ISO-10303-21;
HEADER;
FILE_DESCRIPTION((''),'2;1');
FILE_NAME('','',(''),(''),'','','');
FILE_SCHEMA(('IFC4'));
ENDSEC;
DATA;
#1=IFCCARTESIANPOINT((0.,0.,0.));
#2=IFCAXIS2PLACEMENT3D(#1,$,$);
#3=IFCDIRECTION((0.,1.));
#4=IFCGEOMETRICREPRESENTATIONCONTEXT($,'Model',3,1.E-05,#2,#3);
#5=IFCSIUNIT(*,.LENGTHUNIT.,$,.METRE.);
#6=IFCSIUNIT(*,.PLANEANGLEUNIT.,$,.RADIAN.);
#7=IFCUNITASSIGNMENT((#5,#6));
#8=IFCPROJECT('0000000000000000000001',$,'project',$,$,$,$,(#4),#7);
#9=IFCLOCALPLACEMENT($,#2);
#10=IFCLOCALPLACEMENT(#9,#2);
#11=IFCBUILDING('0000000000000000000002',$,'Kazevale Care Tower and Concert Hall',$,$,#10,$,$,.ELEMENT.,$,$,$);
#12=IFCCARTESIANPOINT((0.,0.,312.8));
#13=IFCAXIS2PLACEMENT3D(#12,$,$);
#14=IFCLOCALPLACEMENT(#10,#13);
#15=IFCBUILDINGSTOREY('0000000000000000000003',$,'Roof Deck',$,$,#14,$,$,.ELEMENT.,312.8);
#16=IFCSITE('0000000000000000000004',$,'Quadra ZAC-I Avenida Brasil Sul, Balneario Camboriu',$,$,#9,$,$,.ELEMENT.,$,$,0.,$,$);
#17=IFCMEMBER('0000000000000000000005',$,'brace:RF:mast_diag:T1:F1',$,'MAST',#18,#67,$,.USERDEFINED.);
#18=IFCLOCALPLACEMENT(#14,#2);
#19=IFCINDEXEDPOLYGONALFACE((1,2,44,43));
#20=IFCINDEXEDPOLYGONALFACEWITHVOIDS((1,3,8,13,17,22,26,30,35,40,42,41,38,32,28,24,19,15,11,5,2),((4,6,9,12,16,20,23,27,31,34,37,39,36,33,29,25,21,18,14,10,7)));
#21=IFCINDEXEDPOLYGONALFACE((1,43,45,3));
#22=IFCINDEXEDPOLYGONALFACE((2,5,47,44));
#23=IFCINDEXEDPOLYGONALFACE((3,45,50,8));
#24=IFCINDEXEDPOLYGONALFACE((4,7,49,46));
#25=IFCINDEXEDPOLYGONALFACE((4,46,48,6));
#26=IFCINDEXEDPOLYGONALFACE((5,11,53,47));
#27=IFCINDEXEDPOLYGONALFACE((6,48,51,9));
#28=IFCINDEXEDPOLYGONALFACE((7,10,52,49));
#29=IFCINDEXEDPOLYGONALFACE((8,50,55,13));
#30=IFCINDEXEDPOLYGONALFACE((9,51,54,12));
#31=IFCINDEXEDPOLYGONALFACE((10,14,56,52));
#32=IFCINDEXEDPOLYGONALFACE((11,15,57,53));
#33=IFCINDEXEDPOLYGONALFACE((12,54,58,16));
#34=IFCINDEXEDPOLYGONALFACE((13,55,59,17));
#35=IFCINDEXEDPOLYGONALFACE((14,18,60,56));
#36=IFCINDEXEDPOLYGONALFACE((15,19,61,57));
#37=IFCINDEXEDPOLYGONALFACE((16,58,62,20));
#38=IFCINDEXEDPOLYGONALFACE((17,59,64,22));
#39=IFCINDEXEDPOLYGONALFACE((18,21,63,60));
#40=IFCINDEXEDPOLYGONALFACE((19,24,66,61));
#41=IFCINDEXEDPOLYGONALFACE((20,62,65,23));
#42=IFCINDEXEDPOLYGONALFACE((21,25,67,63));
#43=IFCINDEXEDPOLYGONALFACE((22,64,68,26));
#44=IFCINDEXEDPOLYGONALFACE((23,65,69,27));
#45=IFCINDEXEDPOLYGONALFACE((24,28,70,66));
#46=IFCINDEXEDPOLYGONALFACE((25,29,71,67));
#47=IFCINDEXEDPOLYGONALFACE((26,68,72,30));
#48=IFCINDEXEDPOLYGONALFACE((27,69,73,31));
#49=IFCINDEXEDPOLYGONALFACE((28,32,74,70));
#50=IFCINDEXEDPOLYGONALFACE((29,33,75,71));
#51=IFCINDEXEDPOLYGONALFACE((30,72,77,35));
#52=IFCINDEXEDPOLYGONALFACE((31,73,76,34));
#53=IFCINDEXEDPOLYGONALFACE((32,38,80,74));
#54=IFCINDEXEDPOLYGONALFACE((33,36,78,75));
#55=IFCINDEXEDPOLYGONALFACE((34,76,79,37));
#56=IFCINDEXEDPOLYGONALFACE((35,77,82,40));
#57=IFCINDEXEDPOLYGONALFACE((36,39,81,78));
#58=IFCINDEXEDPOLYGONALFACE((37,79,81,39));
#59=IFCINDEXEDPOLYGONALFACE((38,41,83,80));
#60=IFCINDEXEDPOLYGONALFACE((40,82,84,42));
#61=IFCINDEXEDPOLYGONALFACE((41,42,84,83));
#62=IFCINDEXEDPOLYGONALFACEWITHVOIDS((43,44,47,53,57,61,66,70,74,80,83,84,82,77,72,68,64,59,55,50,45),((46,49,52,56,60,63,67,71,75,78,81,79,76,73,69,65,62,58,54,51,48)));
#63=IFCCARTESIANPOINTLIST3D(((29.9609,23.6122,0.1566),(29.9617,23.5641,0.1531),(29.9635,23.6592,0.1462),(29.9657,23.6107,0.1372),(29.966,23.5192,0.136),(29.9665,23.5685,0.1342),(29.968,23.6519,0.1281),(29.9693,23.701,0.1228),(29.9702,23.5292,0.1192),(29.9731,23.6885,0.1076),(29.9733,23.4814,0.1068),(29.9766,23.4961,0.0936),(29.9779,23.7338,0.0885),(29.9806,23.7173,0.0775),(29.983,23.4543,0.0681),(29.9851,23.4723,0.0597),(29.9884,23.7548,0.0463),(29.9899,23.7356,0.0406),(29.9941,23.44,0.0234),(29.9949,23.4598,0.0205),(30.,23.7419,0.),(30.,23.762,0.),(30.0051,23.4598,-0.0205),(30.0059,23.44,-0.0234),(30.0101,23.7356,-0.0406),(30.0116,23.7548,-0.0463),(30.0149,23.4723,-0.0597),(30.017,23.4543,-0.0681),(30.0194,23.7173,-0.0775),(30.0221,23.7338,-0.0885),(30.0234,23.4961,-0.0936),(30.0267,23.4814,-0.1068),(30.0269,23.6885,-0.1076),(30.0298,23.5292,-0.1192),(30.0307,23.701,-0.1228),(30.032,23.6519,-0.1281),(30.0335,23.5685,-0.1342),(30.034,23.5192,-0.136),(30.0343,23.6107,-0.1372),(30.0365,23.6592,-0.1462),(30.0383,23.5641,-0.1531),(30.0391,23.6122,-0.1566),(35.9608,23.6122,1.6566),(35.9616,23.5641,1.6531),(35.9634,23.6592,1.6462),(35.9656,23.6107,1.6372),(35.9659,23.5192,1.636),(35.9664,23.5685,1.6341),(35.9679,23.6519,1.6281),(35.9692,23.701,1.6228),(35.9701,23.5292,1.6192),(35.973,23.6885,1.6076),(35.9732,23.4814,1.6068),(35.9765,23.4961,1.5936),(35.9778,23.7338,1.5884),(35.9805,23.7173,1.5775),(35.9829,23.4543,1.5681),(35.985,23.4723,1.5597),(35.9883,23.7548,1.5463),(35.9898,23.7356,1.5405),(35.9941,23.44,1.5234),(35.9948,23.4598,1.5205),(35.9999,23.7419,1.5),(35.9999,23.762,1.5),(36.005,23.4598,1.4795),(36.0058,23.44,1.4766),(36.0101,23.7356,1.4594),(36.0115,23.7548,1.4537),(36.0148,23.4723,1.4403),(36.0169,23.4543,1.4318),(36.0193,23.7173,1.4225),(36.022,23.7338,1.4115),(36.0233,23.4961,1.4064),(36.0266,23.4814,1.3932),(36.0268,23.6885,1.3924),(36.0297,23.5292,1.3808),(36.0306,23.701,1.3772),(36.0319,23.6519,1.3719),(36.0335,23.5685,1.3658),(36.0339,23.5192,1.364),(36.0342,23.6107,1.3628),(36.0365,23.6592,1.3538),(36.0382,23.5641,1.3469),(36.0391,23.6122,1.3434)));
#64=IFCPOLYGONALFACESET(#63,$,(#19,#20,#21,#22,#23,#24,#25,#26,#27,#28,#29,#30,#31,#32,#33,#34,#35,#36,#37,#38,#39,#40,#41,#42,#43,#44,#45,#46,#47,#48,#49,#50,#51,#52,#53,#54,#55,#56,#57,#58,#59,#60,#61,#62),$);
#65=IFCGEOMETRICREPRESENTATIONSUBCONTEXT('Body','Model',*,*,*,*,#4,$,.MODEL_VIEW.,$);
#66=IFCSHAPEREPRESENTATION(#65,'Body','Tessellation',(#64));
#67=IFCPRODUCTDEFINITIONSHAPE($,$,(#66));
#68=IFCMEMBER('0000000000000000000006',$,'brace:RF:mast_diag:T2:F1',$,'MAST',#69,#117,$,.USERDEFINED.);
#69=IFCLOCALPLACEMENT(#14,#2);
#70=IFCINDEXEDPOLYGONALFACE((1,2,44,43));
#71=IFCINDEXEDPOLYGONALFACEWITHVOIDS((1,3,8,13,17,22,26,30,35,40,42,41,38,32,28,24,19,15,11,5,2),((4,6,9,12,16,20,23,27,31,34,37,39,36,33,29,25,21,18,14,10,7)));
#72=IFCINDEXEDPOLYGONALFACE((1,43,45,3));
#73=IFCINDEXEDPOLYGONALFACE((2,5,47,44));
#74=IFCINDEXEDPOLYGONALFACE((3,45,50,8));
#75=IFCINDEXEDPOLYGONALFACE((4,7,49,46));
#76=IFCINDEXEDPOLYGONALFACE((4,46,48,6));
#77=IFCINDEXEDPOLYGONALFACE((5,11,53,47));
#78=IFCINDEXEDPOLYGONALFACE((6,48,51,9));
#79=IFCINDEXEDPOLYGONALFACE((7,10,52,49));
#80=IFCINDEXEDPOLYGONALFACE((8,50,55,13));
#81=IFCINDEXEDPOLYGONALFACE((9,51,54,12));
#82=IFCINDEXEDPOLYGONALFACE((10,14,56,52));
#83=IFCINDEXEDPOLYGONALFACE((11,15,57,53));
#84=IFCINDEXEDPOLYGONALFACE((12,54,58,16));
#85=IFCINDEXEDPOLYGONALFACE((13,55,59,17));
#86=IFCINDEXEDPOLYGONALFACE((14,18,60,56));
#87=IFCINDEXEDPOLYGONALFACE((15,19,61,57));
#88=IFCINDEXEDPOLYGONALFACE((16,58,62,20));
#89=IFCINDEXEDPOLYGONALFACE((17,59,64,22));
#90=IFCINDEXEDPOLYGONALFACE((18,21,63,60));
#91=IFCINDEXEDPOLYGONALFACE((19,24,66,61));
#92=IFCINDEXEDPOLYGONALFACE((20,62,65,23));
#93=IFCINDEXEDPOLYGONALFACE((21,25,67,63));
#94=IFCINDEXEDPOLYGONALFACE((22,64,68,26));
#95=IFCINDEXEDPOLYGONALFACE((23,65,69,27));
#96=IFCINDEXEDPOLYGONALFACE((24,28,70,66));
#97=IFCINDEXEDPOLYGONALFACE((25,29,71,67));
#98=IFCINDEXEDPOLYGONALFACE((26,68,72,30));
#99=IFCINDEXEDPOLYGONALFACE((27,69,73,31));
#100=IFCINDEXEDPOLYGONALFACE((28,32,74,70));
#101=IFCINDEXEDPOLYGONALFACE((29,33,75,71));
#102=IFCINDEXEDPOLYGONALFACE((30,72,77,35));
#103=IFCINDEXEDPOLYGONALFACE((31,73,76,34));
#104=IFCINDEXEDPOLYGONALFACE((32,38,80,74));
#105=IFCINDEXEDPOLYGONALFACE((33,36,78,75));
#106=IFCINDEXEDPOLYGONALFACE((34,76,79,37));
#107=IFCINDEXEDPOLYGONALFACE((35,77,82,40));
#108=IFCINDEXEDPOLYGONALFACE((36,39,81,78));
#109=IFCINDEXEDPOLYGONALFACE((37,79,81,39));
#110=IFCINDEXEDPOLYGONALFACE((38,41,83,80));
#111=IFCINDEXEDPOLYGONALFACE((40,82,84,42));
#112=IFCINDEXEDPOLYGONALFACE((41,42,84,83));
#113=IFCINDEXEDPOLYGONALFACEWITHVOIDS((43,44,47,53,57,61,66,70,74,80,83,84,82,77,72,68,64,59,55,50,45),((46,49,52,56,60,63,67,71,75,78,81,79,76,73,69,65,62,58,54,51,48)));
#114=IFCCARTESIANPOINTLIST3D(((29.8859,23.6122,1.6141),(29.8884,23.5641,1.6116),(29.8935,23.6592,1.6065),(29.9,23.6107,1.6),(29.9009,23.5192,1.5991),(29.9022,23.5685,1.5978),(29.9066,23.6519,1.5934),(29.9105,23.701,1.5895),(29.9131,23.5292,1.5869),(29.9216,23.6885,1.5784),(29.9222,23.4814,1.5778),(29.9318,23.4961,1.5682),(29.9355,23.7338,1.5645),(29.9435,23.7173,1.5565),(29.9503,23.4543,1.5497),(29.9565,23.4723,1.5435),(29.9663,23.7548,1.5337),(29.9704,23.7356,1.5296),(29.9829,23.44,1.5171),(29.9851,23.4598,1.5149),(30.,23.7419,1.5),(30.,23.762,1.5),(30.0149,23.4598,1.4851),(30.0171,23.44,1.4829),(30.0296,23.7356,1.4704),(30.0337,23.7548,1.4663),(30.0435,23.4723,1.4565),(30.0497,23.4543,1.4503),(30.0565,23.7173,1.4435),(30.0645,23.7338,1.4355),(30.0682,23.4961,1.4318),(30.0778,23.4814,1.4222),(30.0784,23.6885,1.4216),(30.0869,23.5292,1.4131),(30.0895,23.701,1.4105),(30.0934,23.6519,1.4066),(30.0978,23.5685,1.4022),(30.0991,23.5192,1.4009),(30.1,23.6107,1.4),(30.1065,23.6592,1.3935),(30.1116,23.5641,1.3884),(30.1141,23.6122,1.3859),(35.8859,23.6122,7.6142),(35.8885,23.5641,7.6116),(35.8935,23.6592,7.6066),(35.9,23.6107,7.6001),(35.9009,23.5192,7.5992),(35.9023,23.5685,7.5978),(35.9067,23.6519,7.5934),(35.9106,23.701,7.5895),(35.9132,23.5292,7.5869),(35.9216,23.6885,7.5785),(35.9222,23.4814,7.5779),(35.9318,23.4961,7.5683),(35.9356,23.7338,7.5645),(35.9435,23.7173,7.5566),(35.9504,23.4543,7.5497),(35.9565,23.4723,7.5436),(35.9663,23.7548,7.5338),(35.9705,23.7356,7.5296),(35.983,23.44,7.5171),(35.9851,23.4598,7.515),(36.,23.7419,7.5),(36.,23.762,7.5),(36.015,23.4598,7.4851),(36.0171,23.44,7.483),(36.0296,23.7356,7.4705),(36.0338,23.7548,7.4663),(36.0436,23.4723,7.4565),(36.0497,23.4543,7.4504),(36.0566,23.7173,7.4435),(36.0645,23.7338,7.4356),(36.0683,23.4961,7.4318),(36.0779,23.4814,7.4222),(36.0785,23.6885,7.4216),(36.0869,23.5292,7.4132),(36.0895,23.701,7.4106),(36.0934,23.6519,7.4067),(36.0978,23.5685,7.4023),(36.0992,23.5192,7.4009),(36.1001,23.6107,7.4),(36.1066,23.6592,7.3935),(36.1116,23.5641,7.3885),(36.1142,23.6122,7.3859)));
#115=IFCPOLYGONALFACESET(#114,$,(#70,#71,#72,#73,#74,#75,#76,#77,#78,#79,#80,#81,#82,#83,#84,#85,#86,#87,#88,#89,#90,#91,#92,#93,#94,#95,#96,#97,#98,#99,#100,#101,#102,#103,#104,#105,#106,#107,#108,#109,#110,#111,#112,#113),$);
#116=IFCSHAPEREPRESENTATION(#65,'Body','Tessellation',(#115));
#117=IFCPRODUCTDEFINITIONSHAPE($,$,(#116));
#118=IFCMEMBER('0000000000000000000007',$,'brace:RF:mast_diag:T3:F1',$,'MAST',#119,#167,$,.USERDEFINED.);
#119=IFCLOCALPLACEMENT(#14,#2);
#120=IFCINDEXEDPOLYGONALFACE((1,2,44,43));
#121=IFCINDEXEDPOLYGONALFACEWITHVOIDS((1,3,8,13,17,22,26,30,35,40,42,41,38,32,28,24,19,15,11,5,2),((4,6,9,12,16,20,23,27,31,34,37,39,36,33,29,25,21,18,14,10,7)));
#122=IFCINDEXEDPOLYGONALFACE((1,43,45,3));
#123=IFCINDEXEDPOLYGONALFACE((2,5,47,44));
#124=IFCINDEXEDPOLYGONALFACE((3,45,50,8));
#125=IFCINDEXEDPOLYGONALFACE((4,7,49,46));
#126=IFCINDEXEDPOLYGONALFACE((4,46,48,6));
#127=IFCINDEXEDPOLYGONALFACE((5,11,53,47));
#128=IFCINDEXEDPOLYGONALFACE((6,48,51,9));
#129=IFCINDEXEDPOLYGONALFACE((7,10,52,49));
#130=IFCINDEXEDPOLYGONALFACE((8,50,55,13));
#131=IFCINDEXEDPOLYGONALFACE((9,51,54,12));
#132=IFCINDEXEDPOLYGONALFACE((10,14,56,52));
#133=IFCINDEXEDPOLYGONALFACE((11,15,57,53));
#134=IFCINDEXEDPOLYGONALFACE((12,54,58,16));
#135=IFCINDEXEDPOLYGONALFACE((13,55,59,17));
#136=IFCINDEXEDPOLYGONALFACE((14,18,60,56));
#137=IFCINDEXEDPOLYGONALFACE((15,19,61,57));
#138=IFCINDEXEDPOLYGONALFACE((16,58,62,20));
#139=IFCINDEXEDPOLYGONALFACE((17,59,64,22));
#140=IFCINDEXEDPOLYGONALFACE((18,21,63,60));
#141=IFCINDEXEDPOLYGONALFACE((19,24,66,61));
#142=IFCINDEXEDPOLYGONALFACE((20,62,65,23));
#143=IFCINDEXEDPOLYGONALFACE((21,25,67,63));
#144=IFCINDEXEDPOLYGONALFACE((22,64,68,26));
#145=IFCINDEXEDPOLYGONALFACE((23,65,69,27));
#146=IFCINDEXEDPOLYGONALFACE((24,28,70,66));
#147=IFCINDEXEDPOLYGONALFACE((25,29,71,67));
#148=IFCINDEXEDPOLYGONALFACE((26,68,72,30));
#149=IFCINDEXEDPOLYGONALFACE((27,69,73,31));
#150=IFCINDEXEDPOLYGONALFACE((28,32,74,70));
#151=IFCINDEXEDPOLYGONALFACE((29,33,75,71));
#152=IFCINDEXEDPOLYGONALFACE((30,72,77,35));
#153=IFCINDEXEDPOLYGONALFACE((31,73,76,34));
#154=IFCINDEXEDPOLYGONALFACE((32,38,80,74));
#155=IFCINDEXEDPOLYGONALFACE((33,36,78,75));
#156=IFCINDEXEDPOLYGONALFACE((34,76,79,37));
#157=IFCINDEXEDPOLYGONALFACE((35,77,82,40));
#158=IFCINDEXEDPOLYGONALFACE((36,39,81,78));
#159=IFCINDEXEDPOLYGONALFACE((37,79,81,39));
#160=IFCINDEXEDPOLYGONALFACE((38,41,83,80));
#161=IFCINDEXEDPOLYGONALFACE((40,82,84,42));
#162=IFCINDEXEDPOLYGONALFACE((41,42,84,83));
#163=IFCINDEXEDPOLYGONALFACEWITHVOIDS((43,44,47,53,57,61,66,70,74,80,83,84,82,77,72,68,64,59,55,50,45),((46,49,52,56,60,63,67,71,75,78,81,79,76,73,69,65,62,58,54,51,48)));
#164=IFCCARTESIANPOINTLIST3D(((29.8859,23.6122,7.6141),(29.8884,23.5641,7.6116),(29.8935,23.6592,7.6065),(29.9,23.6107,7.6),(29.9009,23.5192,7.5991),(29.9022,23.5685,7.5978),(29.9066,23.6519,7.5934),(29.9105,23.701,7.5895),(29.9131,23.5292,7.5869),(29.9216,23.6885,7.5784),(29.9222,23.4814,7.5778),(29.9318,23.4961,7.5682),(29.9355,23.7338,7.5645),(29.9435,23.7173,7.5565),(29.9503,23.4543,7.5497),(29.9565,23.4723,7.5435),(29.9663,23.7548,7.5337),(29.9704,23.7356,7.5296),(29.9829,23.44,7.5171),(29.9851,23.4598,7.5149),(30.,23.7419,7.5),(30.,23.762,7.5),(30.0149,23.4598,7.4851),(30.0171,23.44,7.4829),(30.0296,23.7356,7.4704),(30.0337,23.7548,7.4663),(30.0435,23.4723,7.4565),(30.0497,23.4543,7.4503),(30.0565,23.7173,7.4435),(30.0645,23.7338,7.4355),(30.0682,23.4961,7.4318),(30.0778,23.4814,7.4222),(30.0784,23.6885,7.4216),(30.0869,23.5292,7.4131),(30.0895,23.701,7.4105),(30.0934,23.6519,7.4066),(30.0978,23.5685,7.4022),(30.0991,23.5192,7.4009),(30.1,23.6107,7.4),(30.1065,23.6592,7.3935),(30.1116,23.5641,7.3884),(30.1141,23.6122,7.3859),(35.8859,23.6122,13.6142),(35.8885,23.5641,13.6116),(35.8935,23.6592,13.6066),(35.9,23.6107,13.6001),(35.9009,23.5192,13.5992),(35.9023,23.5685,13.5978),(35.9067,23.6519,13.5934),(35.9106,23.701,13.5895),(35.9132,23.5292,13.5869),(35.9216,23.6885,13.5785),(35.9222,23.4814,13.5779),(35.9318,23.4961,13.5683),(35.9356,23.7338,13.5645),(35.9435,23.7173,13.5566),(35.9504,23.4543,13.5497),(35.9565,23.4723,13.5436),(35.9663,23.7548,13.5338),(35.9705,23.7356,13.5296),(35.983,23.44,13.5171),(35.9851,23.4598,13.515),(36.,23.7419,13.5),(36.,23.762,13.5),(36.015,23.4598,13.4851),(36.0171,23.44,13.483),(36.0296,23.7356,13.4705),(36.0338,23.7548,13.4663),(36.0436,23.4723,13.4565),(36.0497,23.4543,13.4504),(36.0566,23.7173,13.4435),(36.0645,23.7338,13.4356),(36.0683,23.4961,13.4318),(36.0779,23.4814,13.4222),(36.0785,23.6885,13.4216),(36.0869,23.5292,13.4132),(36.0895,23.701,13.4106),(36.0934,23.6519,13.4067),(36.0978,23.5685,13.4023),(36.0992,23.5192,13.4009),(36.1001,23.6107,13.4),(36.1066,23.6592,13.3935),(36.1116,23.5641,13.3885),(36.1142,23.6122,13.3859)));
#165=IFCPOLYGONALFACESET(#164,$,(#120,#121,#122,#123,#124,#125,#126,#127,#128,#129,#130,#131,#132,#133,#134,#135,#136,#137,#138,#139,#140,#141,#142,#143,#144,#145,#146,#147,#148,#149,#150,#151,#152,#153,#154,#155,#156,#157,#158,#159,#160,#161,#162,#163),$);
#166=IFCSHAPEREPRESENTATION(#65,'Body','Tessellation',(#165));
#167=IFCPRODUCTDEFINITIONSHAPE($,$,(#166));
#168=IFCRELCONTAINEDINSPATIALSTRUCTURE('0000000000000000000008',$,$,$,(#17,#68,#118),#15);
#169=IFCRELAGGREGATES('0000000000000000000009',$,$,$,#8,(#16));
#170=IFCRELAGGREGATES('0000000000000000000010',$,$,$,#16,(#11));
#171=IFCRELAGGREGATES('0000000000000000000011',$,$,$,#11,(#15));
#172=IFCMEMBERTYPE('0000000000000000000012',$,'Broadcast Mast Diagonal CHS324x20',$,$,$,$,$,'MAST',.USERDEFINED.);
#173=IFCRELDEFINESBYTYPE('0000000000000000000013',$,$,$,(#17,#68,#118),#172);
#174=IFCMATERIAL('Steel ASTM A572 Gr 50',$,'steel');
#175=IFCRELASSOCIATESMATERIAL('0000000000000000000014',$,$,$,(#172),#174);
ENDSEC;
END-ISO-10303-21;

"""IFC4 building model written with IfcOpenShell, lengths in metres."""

from ifc_helpers import new_model, si_unit, direction, frame, origin, origin_2d, place, context, subcontext, project, spatial, hollow_circle, extrude, material, material_profile, profile_set, type_object, element, save


model = new_model("IFC4")

# Units and contexts
model_context = context("Model", 3, precision=1e-05, world=origin(), true_north=direction((0.0, 1.0)))
body_context = subcontext(model_context, "Body", "Model", "MODEL_VIEW")
ifc_project = project(units=[si_unit("LENGTHUNIT", "METRE"), si_unit("PLANEANGLEUNIT", "RADIAN")], contexts=[model_context])

# Site, building, storey
site_placement = place(None, origin())
site = spatial("IfcSite", under=ifc_project, at=site_placement, Name="Quadra ZAC-I Avenida Brasil Sul, Balneario Camboriu", CompositionType="ELEMENT", RefElevation=0.0)
building_placement = place(site_placement, origin())
building = spatial("IfcBuilding", under=site, at=building_placement, Name="Kazevale Care Tower and Concert Hall", CompositionType="ELEMENT")
storey_placement = place(building_placement, frame((0.0, 0.0, 312.8)))
storey = spatial("IfcBuildingStorey", under=building, at=storey_placement, Name="Roof Deck", CompositionType="ELEMENT", Elevation=312.8)

# Shared definitions
ifc_material_1 = material(Name="Steel ASTM A572 Gr 50", Category="steel")

# Members
ifc_material_profile_1 = material_profile(ifc_material_1, hollow_circle(Radius=0.1619, WallThickness=0.02, at=origin_2d()), Name="CHS324x20")
ifc_profile_set_1 = profile_set([ifc_material_profile_1], Name="Steel ASTM A572 Gr 50")
member_type = type_object("IfcMemberType", Name="Broadcast Mast Diagonal CHS324x20", ElementType="MAST", PredefinedType="USERDEFINED", material=ifc_profile_set_1)
member_1_placement = place(storey_placement, frame((30.0, 23.6001, 0.0), z_axis=(0.970143, 0.0, 0.242536), x_axis=(0.0, 1.0, 0.0)))
element("IfcMember", 1, at=member_1_placement, inside=storey, type_object=member_type, Name="brace:RF:mast_diag:T1:F1", ObjectType="MAST", PredefinedType="USERDEFINED", context=body_context, shape_type="SweptSolid", body=[
    extrude(hollow_circle(Radius=0.1619, WallThickness=0.02, at=origin_2d()), origin(), (0.0, 0.0, 1.0), 6.1846),
])
for number, where, z_axis, x_axis, name in (
    (2, (30.0, 23.6001, 1.5), (0.707107, 0.0, 0.707107), (0.0, 1.0, 0.0), "brace:RF:mast_diag:T2:F1"),
    (3, (30.0, 23.6001, 7.5), (0.707107, 0.0, 0.707107), (0.0, 1.0, 0.0), "brace:RF:mast_diag:T3:F1"),
):
    element("IfcMember", number, at=place(storey_placement, frame(where, z_axis=z_axis, x_axis=x_axis)), inside=storey, type_object=member_type, Name=name, ObjectType="MAST", PredefinedType="USERDEFINED", context=body_context, shape_type="SweptSolid", body=[
        extrude(hollow_circle(Radius=0.1619, WallThickness=0.02, at=origin_2d()), origin(), (0.0, 0.0, 1.0), 8.4854),
    ])

save(model, "model.ifc")
